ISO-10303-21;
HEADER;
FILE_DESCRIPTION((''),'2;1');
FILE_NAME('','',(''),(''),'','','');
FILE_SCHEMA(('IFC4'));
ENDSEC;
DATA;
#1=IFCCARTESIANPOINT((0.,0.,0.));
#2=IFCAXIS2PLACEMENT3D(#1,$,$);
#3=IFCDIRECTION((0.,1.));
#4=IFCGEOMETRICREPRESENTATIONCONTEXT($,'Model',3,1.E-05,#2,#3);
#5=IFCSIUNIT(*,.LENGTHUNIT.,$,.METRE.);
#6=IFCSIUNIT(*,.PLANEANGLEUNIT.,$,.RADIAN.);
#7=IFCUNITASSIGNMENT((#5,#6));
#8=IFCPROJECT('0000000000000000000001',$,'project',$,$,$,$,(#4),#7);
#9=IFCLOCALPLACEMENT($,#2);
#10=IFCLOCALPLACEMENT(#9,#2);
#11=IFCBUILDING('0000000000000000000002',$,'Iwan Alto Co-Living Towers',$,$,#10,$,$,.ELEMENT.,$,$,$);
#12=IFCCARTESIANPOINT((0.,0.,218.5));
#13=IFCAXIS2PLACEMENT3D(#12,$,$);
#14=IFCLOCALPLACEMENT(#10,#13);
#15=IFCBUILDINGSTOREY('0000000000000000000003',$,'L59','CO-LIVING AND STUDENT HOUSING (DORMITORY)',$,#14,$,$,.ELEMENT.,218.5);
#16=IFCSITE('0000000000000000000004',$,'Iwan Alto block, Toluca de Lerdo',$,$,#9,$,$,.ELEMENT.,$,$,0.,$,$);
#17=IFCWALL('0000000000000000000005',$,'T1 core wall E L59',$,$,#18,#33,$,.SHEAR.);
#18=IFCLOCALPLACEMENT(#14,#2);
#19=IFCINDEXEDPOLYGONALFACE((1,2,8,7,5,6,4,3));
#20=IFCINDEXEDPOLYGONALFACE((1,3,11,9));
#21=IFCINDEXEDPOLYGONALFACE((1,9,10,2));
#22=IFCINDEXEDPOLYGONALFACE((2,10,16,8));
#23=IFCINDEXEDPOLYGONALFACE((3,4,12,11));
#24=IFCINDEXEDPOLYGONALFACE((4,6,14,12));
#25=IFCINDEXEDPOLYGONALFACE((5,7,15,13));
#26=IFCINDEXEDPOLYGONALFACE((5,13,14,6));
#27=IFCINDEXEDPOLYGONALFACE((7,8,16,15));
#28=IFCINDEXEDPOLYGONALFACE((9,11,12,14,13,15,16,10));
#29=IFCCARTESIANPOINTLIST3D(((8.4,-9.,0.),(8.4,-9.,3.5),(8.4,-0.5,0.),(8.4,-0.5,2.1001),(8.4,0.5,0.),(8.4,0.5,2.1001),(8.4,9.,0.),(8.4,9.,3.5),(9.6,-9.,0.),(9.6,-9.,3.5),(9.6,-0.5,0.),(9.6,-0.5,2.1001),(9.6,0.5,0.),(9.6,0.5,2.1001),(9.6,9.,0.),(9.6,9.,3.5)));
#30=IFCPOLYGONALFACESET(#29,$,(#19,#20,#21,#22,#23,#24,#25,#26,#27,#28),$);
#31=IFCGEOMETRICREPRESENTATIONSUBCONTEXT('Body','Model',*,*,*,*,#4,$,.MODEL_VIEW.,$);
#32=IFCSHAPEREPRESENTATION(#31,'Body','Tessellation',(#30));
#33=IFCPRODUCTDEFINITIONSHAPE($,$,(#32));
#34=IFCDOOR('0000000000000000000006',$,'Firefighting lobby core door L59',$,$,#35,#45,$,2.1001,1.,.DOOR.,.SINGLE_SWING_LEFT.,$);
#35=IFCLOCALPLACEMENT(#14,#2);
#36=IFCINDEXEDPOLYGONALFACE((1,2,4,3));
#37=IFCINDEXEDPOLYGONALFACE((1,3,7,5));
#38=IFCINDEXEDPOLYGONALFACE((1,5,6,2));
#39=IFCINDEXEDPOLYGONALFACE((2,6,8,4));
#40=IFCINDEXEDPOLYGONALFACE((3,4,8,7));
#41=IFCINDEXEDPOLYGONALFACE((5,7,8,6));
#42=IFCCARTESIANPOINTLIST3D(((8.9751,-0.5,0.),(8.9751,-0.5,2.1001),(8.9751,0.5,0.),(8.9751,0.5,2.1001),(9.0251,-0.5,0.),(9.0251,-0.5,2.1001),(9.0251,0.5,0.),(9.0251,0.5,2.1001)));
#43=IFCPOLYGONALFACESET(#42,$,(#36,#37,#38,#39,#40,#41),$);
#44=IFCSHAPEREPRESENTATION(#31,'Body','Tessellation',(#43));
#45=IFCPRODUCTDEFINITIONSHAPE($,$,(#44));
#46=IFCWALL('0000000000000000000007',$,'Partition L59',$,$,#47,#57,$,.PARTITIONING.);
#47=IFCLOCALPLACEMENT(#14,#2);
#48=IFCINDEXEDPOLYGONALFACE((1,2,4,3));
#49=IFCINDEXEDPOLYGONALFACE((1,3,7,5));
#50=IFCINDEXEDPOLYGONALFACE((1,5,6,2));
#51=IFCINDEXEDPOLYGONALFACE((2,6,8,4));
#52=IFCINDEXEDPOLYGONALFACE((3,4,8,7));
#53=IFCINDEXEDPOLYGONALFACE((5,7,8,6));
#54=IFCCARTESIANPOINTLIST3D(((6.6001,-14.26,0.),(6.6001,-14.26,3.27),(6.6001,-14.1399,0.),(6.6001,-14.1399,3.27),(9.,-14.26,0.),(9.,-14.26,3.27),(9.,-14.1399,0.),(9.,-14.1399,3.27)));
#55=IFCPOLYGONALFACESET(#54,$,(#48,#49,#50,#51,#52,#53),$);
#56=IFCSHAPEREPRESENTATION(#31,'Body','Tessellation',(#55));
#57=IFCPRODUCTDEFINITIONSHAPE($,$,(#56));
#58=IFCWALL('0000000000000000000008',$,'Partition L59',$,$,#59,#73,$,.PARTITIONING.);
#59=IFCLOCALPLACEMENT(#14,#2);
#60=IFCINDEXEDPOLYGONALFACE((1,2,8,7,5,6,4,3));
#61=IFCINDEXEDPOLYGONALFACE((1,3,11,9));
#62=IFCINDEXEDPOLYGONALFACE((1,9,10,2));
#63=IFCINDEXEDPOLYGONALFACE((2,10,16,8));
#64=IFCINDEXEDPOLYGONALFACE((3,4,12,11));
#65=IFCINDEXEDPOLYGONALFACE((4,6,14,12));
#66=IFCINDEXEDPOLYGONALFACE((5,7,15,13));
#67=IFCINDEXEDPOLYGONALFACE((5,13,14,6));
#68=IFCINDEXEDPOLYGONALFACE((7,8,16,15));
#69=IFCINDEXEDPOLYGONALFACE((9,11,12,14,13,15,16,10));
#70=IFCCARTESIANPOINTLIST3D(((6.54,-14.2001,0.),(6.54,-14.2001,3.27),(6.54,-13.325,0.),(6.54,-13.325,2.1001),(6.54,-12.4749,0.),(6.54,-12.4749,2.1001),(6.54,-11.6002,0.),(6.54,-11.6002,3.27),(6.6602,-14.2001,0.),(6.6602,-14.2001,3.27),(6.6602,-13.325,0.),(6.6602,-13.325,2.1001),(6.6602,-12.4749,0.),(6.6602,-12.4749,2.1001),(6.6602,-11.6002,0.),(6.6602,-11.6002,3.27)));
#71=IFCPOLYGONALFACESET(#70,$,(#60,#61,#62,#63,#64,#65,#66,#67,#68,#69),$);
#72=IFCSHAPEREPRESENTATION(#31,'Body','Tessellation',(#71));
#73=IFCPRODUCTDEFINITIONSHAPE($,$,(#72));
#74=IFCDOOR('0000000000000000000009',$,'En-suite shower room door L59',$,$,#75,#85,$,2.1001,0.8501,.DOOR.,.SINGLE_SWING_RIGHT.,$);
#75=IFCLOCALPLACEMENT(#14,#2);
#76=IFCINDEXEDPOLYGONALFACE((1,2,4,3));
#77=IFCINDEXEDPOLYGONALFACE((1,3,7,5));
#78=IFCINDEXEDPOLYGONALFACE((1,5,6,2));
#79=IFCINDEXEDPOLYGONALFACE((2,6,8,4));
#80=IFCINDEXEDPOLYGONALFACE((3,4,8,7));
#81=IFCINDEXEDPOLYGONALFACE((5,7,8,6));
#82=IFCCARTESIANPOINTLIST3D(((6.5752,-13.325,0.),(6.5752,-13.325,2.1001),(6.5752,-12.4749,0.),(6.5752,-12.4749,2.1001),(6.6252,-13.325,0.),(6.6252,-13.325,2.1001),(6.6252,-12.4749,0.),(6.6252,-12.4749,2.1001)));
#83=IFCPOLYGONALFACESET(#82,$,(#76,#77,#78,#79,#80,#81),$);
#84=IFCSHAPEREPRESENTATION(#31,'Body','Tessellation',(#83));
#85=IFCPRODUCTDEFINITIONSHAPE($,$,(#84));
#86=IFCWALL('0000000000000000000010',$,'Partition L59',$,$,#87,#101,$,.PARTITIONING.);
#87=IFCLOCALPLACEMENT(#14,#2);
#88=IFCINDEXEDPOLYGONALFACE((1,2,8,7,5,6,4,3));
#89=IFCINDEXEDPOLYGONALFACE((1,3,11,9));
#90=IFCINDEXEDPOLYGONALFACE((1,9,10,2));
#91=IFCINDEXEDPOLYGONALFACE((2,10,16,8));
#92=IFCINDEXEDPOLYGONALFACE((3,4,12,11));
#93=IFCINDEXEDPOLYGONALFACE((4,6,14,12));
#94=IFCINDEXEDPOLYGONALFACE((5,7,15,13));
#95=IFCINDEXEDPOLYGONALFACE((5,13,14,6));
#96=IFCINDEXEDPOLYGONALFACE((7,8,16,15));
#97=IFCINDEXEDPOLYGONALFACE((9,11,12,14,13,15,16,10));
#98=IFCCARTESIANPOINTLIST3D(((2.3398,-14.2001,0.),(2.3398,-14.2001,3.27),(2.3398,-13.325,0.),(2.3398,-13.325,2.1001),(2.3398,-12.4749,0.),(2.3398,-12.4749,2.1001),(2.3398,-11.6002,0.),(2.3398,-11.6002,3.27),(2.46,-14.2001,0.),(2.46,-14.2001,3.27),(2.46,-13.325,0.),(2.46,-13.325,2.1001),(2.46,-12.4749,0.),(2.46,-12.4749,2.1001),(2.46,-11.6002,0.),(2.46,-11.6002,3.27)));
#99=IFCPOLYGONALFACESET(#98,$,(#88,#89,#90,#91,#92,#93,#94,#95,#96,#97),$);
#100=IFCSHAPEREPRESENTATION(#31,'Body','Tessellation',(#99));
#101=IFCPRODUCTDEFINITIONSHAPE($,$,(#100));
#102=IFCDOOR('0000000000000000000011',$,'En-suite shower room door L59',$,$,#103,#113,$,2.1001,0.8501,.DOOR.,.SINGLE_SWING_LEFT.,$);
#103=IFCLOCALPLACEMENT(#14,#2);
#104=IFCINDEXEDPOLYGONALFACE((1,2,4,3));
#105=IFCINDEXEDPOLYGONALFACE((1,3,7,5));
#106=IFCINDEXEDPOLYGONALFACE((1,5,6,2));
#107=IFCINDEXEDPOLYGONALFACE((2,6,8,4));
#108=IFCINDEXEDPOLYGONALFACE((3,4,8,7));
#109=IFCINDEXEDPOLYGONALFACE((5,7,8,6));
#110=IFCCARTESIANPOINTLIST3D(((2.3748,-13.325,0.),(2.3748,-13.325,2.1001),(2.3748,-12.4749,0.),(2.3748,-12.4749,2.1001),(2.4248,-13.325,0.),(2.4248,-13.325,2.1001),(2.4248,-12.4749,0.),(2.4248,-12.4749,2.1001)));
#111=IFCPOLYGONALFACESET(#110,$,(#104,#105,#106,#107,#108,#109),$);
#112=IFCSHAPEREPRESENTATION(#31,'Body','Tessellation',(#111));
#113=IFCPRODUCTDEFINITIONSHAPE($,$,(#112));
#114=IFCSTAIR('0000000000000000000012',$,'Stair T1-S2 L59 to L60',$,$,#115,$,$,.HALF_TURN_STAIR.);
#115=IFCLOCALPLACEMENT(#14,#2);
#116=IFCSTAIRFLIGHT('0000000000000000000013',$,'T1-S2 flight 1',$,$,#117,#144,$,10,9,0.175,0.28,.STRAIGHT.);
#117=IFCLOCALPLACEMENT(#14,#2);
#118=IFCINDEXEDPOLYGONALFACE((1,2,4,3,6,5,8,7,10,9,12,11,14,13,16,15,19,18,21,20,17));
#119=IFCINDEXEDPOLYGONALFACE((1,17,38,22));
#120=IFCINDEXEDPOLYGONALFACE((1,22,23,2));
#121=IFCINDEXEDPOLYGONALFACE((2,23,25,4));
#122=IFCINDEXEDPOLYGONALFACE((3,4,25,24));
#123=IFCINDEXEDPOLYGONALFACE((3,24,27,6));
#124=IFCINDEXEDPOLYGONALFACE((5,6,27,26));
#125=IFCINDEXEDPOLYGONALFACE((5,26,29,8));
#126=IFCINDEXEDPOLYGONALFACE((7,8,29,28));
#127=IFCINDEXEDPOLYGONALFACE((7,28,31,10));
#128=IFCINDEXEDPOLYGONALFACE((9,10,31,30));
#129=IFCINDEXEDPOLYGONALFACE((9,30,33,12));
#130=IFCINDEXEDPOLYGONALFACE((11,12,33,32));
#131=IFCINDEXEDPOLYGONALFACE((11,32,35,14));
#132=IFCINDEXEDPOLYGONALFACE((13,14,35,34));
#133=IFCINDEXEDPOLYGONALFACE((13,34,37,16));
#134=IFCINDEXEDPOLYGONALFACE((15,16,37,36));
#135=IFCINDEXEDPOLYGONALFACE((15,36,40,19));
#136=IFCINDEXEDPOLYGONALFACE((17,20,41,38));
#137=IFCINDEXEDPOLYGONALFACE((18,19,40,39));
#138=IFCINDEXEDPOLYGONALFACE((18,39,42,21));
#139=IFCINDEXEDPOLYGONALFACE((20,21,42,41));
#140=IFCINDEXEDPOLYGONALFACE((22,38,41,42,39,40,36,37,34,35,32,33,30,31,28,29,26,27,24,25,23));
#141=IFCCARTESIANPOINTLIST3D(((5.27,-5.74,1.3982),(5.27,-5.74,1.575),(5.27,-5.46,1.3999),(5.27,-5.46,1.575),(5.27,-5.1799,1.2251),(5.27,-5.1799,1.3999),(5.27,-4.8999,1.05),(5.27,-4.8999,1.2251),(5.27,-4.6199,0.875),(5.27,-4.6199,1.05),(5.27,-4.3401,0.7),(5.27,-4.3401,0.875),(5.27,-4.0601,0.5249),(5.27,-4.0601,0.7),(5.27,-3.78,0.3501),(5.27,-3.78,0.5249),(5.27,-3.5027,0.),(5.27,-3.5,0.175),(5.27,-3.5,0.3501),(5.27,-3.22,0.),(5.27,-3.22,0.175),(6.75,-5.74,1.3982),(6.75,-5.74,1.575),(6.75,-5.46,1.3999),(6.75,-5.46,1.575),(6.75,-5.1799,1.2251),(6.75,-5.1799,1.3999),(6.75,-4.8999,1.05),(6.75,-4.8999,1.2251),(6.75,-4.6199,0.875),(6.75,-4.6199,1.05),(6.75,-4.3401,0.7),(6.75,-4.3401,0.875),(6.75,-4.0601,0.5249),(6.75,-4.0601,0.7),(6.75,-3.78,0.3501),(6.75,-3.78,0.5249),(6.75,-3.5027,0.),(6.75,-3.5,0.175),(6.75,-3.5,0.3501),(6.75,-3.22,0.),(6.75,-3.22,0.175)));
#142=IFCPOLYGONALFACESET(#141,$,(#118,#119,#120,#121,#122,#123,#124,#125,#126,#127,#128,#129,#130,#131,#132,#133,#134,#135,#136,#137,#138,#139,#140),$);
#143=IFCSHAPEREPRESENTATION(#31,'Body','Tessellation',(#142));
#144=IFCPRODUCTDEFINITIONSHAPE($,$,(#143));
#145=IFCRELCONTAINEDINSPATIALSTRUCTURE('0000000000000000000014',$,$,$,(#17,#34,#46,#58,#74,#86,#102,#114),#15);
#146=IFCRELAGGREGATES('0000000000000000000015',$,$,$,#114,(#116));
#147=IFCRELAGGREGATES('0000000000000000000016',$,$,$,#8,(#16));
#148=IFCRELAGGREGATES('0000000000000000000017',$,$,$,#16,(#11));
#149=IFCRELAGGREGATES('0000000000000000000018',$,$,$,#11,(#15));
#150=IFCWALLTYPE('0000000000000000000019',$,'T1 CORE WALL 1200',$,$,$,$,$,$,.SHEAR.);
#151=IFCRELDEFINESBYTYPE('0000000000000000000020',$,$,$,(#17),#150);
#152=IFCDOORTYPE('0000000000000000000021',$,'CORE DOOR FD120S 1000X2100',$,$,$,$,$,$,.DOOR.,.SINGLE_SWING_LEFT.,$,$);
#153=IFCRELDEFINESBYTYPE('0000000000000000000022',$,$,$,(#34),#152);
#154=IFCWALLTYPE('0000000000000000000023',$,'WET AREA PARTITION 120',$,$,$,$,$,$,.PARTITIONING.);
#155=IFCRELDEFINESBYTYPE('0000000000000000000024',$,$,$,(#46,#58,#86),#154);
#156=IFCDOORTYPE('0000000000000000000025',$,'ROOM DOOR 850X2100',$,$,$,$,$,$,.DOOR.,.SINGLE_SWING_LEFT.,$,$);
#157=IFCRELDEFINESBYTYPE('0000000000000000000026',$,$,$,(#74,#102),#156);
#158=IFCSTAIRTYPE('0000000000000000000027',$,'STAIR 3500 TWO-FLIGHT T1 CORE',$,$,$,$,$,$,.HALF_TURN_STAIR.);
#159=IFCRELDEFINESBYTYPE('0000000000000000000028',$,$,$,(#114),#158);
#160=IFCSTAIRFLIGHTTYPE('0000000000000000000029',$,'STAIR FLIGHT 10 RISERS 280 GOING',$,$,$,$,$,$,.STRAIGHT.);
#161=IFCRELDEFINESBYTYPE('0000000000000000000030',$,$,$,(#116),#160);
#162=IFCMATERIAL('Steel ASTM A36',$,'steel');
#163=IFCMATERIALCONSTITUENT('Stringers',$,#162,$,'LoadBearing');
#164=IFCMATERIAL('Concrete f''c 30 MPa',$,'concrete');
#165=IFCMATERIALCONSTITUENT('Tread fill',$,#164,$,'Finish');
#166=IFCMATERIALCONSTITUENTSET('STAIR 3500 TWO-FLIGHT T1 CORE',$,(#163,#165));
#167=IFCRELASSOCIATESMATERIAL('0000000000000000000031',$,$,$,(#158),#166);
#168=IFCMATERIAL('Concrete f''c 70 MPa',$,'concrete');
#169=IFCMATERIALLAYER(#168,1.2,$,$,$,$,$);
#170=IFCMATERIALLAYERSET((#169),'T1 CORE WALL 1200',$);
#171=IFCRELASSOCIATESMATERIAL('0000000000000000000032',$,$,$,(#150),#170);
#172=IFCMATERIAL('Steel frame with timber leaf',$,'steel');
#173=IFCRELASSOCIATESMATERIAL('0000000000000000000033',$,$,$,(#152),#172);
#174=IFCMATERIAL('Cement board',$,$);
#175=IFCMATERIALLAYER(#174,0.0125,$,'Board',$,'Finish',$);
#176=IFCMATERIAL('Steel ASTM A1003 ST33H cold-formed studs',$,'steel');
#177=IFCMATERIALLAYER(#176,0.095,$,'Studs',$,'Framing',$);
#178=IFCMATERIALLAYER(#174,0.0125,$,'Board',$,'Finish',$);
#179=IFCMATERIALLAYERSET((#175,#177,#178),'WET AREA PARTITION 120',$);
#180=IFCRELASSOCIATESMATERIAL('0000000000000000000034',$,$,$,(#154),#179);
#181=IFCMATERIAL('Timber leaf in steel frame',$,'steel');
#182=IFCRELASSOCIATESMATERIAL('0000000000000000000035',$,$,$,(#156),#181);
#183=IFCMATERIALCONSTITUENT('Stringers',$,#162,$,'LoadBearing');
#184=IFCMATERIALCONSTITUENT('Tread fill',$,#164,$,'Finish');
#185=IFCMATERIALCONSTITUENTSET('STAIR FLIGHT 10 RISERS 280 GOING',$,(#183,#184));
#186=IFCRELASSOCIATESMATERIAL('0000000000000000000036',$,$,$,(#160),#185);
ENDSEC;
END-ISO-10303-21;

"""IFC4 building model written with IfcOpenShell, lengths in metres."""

from ifc_helpers import new_model, si_unit, direction, frame, frame_2d, origin, place, context, subcontext, project, spatial, polyline, rectangle, outline, extrude, material, layer, layer_set, constituent, constituent_set, type_object, element, fill, aggregate, save


model = new_model("IFC4")

# Units and contexts
model_context = context("Model", 3, precision=1e-05, world=origin(), true_north=direction((0.0, 1.0)))
body_context = subcontext(model_context, "Body", "Model", "MODEL_VIEW")
ifc_project = project(units=[si_unit("LENGTHUNIT", "METRE"), si_unit("PLANEANGLEUNIT", "RADIAN")], contexts=[model_context])

# Site, building, storey
site_placement = place(None, origin())
site = spatial("IfcSite", under=ifc_project, at=site_placement, Name="Iwan Alto block, Toluca de Lerdo", CompositionType="ELEMENT", RefElevation=0.0)
building_placement = place(site_placement, origin())
building = spatial("IfcBuilding", under=site, at=building_placement, Name="Iwan Alto Co-Living Towers", CompositionType="ELEMENT")
storey_placement = place(building_placement, frame((0.0, 0.0, 218.5)))
storey = spatial("IfcBuildingStorey", under=building, at=storey_placement, Name="L59", Description="CO-LIVING AND STUDENT HOUSING (DORMITORY)", CompositionType="ELEMENT", Elevation=218.5)

# Shared definitions
ifc_material_1 = material(Name="Steel ASTM A36", Category="steel")
ifc_constituent_1 = constituent(ifc_material_1, Name="Stringers", Category="LoadBearing")
ifc_material_2 = material(Name="Concrete f'c 30 MPa", Category="concrete")
ifc_constituent_2 = constituent(ifc_material_2, Name="Tread fill", Category="Finish")
ifc_constituent_set_1 = constituent_set(constituents=[ifc_constituent_1, ifc_constituent_2], Name="STAIR 3500 TWO-FLIGHT T1 CORE")
stair_type = type_object("IfcStairType", Name="STAIR 3500 TWO-FLIGHT T1 CORE", PredefinedType="HALF_TURN_STAIR", material=ifc_constituent_set_1)

# Shared definitions
ifc_material_3 = material(Name="Steel ASTM A1003 ST33H cold-formed studs", Category="steel")

# Wall, opening, door
ifc_material_4 = material(Name="Concrete f'c 70 MPa", Category="concrete")
ifc_layer_1 = layer(ifc_material_4, 1.2)
ifc_layer_set_1 = layer_set([ifc_layer_1], Name="T1 CORE WALL 1200")
wall_type_1 = type_object("IfcWallType", Name="T1 CORE WALL 1200", PredefinedType="SHEAR", material=ifc_layer_set_1)
wall_1_placement = place(storey_placement, frame((9.0, -9.0, 0.0), z_axis=(0.0, 0.0, 1.0), x_axis=(0.0, 1.0, 0.0)))
wall_1 = element("IfcWall", 1, at=wall_1_placement, inside=storey, type_object=wall_type_1, Name="T1 core wall E L59", PredefinedType="SHEAR", context=body_context, shape_type="SweptSolid", body=[
    extrude(rectangle(XDim=18.0, YDim=1.2, at=frame_2d((9.0, 0.0))), origin(), (0.0, 0.0, 1.0), 3.5),
])
opening_1_placement = place(wall_1_placement, frame((8.5, 0.0, 0.0)))
opening_1 = element("IfcOpeningElement", 2, at=opening_1_placement, cuts=wall_1, PredefinedType="OPENING", context=body_context, shape_type="SweptSolid", body=[
    extrude(rectangle(XDim=1.0, YDim=2.1001, at=frame_2d((0.5, 1.05))), frame((0.0, 0.6099, 0.0), z_axis=(0.0, -1.0, 0.0), x_axis=(1.0, 0.0, 0.0)), (0.0, 0.0, 1.0), 1.22),
])
ifc_material_5 = material(Name="Steel frame with timber leaf", Category="steel")
door_type_1 = type_object("IfcDoorType", Name="CORE DOOR FD120S 1000X2100", OperationType="SINGLE_SWING_LEFT", PredefinedType="DOOR", material=ifc_material_5)
door_1_placement = place(opening_1_placement, origin())
door_1 = element("IfcDoor", 3, at=door_1_placement, inside=storey, type_object=door_type_1, Name="Firefighting lobby core door L59", OperationType="SINGLE_SWING_LEFT", OverallHeight=2.1001, OverallWidth=1.0, PredefinedType="DOOR", context=body_context, shape_type="SweptSolid", body=[
    extrude(rectangle(XDim=1.0, YDim=2.1001, at=frame_2d((0.5, 1.05))), frame((0.0, 0.0249, 0.0), z_axis=(0.0, -1.0, 0.0), x_axis=(1.0, 0.0, 0.0)), (0.0, 0.0, 1.0), 0.05),
])
fill(opening_1, door_1)

# Wall
ifc_material_6 = material(Name="Cement board")
ifc_layer_2 = layer(ifc_material_6, 0.0125, Name="Board", Category="Finish")
ifc_layer_3 = layer(ifc_material_3, 0.095, Name="Studs", Category="Framing")
ifc_layer_4 = layer(ifc_material_6, 0.0125, Name="Board", Category="Finish")
ifc_layer_set_2 = layer_set([ifc_layer_2, ifc_layer_3, ifc_layer_4], Name="WET AREA PARTITION 120")
wall_type_2 = type_object("IfcWallType", Name="WET AREA PARTITION 120", PredefinedType="PARTITIONING", material=ifc_layer_set_2)
wall_2_placement = place(storey_placement, frame((6.6001, -14.2, 0.0), z_axis=(0.0, 0.0, 1.0), x_axis=(1.0, 0.0, 0.0)))
element("IfcWall", 4, at=wall_2_placement, inside=storey, type_object=wall_type_2, Name="Partition L59", PredefinedType="PARTITIONING", context=body_context, shape_type="SweptSolid", body=[
    extrude(rectangle(XDim=2.3999, YDim=0.1201, at=frame_2d((1.2, 0.0))), origin(), (0.0, 0.0, 1.0), 3.27),
])

# Walls, openings, doors
wall_3_placement = place(storey_placement, frame((6.6001, -14.2, 0.0), z_axis=(0.0, 0.0, 1.0), x_axis=(0.0, 1.0, 0.0)))
wall_3 = element("IfcWall", 5, at=wall_3_placement, inside=storey, type_object=wall_type_2, Name="Partition L59", PredefinedType="PARTITIONING", context=body_context, shape_type="SweptSolid", body=[
    extrude(rectangle(XDim=2.5999, YDim=0.1201, at=frame_2d((1.2998, 0.0))), origin(), (0.0, 0.0, 1.0), 3.27),
])
opening_2_placement = place(wall_3_placement, frame((0.875, 0.0, 0.0)))
opening_2 = element("IfcOpeningElement", 6, at=opening_2_placement, cuts=wall_3, PredefinedType="OPENING", context=body_context, shape_type="SweptSolid", body=[
    extrude(rectangle(XDim=0.8501, YDim=2.1001, at=frame_2d((0.425, 1.05))), frame((0.0, 0.0701, 0.0), z_axis=(0.0, -1.0, 0.0), x_axis=(1.0, 0.0, 0.0)), (0.0, 0.0, 1.0), 0.1401),
])
ifc_material_7 = material(Name="Timber leaf in steel frame", Category="steel")
door_type_2 = type_object("IfcDoorType", Name="ROOM DOOR 850X2100", OperationType="SINGLE_SWING_LEFT", PredefinedType="DOOR", material=ifc_material_7)
door_2_placement = place(opening_2_placement, origin())
door_2 = element("IfcDoor", 7, at=door_2_placement, inside=storey, type_object=door_type_2, Name="En-suite shower room door L59", OperationType="SINGLE_SWING_RIGHT", OverallHeight=2.1001, OverallWidth=0.8501, PredefinedType="DOOR", context=body_context, shape_type="SweptSolid", body=[
    extrude(rectangle(XDim=0.8501, YDim=2.1001, at=frame_2d((0.425, 1.05))), frame((0.0, 0.0249, 0.0), z_axis=(0.0, -1.0, 0.0), x_axis=(1.0, 0.0, 0.0)), (0.0, 0.0, 1.0), 0.05),
])
fill(opening_2, door_2)
wall_4_placement = place(storey_placement, frame((2.3999, -14.2, 0.0), z_axis=(0.0, 0.0, 1.0), x_axis=(0.0, 1.0, 0.0)))
wall_4 = element("IfcWall", 8, at=wall_4_placement, inside=storey, type_object=wall_type_2, Name="Partition L59", PredefinedType="PARTITIONING", context=body_context, shape_type="SweptSolid", body=[
    extrude(rectangle(XDim=2.5999, YDim=0.1201, at=frame_2d((1.2998, 0.0))), origin(), (0.0, 0.0, 1.0), 3.27),
])
opening_3_placement = place(wall_4_placement, frame((0.875, 0.0, 0.0)))
opening_3 = element("IfcOpeningElement", 9, at=opening_3_placement, cuts=wall_4, PredefinedType="OPENING", context=body_context, shape_type="SweptSolid", body=[
    extrude(rectangle(XDim=0.8501, YDim=2.1001, at=frame_2d((0.425, 1.05))), frame((0.0, 0.0701, 0.0), z_axis=(0.0, -1.0, 0.0), x_axis=(1.0, 0.0, 0.0)), (0.0, 0.0, 1.0), 0.1401),
])
door_3_placement = place(opening_3_placement, frame((0.8501, 0.0, 0.0), z_axis=(0.0, 0.0, 1.0), x_axis=(-1.0, 0.0, 0.0)))
door_3 = element("IfcDoor", 10, at=door_3_placement, inside=storey, type_object=door_type_2, Name="En-suite shower room door L59", OperationType="SINGLE_SWING_LEFT", OverallHeight=2.1001, OverallWidth=0.8501, PredefinedType="DOOR", context=body_context, shape_type="SweptSolid", body=[
    extrude(rectangle(XDim=0.8501, YDim=2.1001, at=frame_2d((0.425, 1.05))), frame((0.0, 0.0249, 0.0), z_axis=(0.0, -1.0, 0.0), x_axis=(1.0, 0.0, 0.0)), (0.0, 0.0, 1.0), 0.05),
])
fill(opening_3, door_3)

# Stair, stair flight
stair_1_placement = place(storey_placement, origin())
stair_1 = element("IfcStair", 11, at=stair_1_placement, inside=storey, type_object=stair_type, Name="Stair T1-S2 L59 to L60", PredefinedType="HALF_TURN_STAIR")
ifc_constituent_3 = constituent(ifc_material_1, Name="Stringers", Category="LoadBearing")
ifc_constituent_4 = constituent(ifc_material_2, Name="Tread fill", Category="Finish")
ifc_constituent_set_2 = constituent_set(constituents=[ifc_constituent_3, ifc_constituent_4], Name="STAIR FLIGHT 10 RISERS 280 GOING")
stair_flight_type = type_object("IfcStairFlightType", Name="STAIR FLIGHT 10 RISERS 280 GOING", PredefinedType="STRAIGHT", material=ifc_constituent_set_2)
stair_flight_1_placement = place(storey_placement, frame((6.01, -3.22, 0.0), z_axis=(0.0, 0.0, 1.0), x_axis=(0.0, -1.0, 0.0)))
stair_flight_1 = element("IfcStairFlight", 12, at=stair_flight_1_placement, type_object=stair_flight_type, Name="T1-S2 flight 1", NumberOfRisers=10, NumberOfTreads=9, PredefinedType="STRAIGHT", RiserHeight=0.175, TreadLength=0.28, context=body_context, shape_type="SweptSolid", body=[
    extrude(outline(polyline([(0.0, 0.0), (0.0, 0.175), (0.28, 0.175), (0.28, 0.3501), (0.5601, 0.3501), (0.5601, 0.5249), (0.8401, 0.5249), (0.8401, 0.7), (1.1201, 0.7), (1.1201, 0.875), (1.3999, 0.875), (1.3999, 1.05), (1.6799, 1.05), (1.6799, 1.2251), (1.96, 1.2251), (1.96, 1.3999), (2.24, 1.3999), (2.24, 1.575), (2.52, 1.575), (2.52, 1.75), (2.52, 1.3982), (0.2827, 0.0), (0.0, 0.0)])), frame((0.0, 0.74, 0.0), z_axis=(0.0, -1.0, 0.0), x_axis=(1.0, 0.0, 0.0)), (0.0, 0.0, 1.0), 1.48),
])
aggregate(stair_1, [stair_flight_1])

save(model, "model.ifc")
